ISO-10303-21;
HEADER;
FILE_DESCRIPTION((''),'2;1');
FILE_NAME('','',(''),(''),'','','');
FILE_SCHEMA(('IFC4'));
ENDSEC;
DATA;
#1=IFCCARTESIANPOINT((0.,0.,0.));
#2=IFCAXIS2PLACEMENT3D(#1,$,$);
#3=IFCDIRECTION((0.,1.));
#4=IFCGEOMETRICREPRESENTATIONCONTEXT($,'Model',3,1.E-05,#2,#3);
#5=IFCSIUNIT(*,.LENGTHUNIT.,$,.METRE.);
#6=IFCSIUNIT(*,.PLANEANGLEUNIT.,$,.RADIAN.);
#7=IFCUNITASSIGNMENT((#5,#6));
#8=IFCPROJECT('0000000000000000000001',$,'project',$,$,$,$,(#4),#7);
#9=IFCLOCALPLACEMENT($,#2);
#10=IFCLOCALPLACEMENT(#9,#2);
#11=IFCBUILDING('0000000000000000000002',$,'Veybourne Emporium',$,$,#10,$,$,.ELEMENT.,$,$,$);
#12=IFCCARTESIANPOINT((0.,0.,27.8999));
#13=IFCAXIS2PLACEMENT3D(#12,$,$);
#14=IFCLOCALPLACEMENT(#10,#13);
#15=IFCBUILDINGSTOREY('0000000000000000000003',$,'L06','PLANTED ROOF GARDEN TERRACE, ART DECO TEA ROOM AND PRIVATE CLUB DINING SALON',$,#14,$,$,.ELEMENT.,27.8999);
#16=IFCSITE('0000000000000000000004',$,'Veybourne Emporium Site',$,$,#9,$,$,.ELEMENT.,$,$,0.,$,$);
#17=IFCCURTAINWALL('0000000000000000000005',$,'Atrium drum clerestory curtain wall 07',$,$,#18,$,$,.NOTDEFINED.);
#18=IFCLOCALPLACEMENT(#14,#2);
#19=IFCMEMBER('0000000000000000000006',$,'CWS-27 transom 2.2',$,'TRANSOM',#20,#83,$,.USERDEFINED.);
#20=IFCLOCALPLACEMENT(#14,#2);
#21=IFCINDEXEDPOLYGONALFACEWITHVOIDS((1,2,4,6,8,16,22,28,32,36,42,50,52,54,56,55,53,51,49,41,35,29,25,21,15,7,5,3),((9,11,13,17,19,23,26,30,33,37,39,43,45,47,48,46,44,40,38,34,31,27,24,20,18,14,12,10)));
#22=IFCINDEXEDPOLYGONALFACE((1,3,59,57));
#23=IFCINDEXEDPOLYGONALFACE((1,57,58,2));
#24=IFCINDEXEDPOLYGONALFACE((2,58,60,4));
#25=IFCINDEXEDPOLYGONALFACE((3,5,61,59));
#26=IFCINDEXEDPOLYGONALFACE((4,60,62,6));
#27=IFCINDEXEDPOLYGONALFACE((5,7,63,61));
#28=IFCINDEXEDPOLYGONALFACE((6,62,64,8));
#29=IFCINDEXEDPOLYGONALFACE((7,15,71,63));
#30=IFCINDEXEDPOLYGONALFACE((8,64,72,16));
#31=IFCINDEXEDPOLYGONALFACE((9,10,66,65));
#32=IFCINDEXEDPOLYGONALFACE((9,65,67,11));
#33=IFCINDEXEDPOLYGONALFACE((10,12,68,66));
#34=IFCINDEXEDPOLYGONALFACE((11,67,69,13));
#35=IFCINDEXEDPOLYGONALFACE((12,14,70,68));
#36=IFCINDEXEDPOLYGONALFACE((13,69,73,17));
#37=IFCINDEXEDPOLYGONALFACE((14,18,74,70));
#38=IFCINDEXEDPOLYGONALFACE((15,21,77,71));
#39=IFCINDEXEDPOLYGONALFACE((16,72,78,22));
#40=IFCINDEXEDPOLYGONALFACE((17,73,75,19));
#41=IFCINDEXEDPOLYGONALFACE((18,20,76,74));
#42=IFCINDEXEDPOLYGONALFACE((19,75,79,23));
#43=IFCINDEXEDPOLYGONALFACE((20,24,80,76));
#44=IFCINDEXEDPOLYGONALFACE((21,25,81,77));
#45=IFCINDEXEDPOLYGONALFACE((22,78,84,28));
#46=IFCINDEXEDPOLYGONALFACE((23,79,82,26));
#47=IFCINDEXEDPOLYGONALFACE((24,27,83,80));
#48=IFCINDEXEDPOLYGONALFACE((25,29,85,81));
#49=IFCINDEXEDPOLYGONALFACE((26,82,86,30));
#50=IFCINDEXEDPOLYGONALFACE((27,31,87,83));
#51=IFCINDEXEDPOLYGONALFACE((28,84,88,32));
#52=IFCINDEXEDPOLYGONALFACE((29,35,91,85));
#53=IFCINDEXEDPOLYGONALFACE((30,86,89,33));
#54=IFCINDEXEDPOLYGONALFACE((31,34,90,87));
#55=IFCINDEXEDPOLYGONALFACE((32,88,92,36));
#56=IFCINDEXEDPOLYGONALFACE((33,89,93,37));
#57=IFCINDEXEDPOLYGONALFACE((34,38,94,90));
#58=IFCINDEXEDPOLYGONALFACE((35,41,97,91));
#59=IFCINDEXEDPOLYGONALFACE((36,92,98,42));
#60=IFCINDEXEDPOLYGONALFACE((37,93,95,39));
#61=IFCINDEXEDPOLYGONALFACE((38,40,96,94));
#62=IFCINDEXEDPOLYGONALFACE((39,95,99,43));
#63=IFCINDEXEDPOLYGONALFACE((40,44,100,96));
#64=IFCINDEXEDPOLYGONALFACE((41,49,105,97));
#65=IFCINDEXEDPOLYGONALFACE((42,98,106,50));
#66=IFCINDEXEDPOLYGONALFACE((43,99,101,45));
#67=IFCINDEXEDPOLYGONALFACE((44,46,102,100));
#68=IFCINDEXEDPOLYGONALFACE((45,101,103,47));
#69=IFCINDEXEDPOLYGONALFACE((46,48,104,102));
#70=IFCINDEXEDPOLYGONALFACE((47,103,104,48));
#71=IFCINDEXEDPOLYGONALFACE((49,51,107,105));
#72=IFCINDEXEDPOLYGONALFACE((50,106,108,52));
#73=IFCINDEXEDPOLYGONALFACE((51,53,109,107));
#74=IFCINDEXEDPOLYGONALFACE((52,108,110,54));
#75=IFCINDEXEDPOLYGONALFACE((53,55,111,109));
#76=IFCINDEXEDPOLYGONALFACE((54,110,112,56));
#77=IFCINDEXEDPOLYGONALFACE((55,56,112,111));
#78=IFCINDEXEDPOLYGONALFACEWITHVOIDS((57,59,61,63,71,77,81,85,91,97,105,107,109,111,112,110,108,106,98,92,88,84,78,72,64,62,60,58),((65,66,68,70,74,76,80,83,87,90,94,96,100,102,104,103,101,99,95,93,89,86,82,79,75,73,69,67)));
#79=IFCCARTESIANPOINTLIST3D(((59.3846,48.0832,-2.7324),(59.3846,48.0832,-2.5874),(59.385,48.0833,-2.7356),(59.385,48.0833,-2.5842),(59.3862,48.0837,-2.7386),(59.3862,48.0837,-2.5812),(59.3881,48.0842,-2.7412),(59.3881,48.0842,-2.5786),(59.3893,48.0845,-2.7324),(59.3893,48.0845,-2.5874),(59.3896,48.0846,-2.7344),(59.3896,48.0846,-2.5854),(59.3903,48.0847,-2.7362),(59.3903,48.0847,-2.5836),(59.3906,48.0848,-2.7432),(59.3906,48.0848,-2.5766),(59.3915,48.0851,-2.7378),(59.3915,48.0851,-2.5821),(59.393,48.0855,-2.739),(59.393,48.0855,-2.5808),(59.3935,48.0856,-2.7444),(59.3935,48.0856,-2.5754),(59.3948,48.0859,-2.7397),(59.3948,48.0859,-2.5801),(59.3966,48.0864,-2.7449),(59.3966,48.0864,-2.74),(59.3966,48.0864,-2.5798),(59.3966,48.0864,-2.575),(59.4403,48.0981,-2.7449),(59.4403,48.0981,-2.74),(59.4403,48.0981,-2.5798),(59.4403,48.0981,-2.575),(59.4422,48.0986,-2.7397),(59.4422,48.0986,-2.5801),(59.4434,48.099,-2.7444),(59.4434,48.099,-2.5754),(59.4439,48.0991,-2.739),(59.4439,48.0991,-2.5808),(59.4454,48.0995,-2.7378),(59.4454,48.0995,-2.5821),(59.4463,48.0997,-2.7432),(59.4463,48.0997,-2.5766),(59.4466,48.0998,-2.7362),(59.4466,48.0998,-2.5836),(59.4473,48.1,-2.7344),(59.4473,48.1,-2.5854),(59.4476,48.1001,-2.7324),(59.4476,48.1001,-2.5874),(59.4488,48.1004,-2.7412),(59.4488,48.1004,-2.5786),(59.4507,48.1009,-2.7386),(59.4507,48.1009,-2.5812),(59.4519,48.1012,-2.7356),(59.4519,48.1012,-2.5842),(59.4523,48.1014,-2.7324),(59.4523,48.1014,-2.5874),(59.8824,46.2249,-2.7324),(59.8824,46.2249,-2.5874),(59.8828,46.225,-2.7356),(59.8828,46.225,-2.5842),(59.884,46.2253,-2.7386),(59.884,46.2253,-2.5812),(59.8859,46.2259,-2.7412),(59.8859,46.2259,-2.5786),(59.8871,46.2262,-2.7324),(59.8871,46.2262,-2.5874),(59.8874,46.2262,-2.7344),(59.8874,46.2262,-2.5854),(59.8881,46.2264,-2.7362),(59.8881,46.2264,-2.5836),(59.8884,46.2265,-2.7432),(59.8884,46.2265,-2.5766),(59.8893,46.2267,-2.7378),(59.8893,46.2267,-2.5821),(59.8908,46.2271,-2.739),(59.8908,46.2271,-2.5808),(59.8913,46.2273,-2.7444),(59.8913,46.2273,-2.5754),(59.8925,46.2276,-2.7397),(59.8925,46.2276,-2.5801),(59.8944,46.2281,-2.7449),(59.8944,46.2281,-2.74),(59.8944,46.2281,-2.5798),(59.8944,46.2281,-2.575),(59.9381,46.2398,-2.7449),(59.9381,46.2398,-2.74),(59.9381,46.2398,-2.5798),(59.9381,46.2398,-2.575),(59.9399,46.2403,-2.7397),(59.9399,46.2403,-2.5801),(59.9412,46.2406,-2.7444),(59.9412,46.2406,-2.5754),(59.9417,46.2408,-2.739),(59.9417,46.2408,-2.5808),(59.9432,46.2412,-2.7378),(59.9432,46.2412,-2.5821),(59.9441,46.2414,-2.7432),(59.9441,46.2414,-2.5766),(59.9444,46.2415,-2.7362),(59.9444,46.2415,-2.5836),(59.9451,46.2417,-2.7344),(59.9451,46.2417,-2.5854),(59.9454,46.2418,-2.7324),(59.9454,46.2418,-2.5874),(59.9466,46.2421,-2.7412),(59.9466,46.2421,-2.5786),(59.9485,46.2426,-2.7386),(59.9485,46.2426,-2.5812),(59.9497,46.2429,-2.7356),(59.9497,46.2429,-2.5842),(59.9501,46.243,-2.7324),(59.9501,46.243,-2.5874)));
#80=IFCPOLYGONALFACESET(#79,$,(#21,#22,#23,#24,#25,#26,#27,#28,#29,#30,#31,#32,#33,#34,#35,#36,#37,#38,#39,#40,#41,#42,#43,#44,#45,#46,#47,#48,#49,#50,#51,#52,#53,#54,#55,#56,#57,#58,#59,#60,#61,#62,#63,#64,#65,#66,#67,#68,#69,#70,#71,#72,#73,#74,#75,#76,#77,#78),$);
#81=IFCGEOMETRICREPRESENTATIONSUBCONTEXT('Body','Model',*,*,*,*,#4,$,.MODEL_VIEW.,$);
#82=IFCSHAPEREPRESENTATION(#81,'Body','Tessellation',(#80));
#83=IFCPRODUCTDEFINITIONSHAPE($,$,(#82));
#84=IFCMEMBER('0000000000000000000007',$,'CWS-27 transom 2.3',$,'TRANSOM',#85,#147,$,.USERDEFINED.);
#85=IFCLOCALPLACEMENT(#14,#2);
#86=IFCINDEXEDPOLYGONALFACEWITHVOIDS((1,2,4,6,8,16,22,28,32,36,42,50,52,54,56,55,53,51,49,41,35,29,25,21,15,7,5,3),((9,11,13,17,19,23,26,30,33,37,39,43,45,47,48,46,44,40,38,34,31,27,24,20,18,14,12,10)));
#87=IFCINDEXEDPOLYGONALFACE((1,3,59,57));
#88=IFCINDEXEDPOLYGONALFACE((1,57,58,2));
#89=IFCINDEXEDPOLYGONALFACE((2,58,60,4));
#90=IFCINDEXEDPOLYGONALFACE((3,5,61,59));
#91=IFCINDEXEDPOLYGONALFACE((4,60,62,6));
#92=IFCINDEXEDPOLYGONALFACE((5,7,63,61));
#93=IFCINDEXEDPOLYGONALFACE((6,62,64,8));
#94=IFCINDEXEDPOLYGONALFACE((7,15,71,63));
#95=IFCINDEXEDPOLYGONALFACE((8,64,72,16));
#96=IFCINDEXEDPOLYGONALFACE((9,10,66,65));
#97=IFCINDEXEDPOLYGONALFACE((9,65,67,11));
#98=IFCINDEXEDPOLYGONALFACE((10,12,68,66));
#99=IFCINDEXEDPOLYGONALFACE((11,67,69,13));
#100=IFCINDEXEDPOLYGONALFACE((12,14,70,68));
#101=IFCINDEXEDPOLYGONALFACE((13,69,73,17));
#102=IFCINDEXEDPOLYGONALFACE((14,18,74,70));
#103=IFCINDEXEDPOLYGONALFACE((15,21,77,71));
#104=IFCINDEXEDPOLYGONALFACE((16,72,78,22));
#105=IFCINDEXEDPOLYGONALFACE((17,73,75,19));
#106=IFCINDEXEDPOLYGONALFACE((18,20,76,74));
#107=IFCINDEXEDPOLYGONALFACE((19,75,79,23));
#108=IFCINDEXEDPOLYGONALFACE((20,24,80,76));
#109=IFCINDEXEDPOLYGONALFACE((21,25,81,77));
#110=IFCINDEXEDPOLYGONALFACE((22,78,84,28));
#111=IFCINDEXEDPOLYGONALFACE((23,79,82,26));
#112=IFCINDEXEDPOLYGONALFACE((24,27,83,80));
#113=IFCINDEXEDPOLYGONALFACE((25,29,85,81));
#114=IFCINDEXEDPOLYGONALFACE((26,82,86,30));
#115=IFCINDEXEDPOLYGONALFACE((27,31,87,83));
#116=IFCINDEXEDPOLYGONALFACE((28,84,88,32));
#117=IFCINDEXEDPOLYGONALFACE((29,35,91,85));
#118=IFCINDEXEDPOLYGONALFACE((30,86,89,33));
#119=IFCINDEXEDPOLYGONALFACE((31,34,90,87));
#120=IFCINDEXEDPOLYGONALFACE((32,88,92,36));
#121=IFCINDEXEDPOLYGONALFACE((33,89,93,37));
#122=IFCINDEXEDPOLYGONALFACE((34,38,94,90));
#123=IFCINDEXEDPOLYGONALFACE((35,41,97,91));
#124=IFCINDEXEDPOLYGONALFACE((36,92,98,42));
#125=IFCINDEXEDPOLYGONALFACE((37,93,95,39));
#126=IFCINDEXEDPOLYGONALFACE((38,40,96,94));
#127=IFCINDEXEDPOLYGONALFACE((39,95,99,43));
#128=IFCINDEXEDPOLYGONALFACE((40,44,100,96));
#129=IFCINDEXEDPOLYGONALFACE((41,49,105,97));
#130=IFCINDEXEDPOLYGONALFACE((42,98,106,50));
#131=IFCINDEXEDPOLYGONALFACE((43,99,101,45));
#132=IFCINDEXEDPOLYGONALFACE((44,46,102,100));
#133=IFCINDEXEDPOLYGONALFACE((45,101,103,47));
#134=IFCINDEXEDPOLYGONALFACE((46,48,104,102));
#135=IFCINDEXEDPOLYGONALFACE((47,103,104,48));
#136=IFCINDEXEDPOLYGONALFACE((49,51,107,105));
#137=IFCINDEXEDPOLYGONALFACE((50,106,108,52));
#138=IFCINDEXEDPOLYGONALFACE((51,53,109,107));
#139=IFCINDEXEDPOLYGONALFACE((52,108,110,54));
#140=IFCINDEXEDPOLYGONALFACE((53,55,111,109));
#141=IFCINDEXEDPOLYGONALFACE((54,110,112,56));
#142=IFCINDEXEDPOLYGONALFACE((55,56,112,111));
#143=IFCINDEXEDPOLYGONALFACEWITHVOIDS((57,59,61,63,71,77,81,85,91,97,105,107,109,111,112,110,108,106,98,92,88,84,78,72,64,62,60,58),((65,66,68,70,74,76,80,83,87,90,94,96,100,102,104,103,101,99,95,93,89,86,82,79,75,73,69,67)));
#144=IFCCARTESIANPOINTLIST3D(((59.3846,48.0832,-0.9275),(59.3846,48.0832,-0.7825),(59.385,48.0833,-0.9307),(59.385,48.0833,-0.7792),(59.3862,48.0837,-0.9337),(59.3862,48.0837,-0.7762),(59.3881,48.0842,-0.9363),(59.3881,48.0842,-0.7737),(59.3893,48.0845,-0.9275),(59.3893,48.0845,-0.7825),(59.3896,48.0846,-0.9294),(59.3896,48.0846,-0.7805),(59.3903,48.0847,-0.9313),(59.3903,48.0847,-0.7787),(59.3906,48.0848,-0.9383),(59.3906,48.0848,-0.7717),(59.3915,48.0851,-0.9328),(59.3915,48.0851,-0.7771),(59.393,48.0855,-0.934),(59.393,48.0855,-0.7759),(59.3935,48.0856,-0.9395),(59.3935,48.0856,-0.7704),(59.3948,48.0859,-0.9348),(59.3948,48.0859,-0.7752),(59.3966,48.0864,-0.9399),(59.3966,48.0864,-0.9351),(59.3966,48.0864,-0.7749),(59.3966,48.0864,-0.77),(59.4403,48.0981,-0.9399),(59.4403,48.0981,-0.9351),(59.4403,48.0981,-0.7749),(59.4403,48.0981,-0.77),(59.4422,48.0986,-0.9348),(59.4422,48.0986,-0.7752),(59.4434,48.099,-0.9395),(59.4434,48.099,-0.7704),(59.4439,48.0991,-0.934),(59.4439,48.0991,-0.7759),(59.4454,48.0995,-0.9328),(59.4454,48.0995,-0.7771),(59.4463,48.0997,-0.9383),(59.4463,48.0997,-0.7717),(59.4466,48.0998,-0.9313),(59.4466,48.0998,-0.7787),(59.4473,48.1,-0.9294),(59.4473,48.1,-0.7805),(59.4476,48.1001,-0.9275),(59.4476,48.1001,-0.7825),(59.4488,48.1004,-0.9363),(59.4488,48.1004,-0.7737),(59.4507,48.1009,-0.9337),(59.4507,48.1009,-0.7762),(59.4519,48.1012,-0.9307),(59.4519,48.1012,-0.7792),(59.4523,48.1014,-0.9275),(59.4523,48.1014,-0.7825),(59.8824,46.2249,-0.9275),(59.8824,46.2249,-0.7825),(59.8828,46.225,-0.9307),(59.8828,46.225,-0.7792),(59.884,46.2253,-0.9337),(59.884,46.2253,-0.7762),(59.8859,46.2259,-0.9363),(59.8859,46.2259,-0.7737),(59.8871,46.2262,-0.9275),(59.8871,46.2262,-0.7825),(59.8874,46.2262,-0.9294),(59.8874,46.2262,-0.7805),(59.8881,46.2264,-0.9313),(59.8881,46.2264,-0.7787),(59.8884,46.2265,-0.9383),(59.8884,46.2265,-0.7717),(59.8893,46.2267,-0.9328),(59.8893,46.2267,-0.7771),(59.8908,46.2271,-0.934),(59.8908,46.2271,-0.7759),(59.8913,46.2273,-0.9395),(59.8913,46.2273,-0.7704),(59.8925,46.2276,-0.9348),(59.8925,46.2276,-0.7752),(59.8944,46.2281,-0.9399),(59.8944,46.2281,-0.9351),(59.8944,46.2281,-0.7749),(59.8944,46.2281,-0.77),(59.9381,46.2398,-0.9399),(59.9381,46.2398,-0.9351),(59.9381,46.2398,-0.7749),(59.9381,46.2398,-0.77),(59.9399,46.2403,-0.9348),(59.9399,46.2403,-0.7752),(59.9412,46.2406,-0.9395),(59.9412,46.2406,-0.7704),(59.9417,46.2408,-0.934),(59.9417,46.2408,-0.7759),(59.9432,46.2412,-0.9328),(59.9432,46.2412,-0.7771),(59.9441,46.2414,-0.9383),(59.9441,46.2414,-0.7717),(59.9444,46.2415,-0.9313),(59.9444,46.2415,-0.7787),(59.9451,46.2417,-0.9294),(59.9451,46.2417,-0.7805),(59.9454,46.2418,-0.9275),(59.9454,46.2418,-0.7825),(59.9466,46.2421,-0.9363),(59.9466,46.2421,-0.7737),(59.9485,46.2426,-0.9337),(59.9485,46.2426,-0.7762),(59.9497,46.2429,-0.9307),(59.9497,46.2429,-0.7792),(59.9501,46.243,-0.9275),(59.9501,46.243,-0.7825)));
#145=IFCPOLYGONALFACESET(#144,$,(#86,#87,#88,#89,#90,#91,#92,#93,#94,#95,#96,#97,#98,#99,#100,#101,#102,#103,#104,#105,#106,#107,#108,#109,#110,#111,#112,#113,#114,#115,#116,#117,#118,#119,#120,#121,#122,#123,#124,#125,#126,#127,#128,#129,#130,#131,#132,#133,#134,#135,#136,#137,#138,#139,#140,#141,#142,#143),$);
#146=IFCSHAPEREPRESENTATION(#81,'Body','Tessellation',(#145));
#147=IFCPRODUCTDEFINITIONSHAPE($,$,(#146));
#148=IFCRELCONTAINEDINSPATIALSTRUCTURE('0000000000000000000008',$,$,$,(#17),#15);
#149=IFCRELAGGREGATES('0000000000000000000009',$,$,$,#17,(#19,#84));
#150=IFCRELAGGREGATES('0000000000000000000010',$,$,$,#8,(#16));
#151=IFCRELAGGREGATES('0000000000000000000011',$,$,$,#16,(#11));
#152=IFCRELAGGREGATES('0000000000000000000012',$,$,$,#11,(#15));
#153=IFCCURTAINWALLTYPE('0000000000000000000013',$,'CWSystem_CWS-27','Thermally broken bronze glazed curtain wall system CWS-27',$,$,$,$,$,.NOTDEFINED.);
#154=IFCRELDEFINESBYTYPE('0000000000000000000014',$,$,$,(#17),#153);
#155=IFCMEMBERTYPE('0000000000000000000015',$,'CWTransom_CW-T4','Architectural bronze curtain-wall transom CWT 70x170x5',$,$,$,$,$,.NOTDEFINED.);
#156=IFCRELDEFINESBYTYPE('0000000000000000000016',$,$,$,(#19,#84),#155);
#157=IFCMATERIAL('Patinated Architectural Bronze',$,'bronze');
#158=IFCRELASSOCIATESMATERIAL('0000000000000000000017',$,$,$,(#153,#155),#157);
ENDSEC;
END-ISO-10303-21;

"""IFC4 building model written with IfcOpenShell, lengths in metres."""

from ifc_helpers import new_model, si_unit, direction, frame, origin, origin_2d, place, context, subcontext, project, spatial, hollow_rectangle, extrude, material, material_profile, profile_set, type_object, element, aggregate, save


model = new_model("IFC4")

# Units and contexts
model_context = context("Model", 3, precision=1e-05, world=origin(), true_north=direction((0.0, 1.0)))
body_context = subcontext(model_context, "Body", "Model", "MODEL_VIEW")
ifc_project = project(units=[si_unit("LENGTHUNIT", "METRE"), si_unit("PLANEANGLEUNIT", "RADIAN")], contexts=[model_context])

# Site, building, storey
site_placement = place(None, origin())
site = spatial("IfcSite", under=ifc_project, at=site_placement, Name="Veybourne Emporium Site", CompositionType="ELEMENT", RefElevation=0.0)
building_placement = place(site_placement, origin())
building = spatial("IfcBuilding", under=site, at=building_placement, Name="Veybourne Emporium", CompositionType="ELEMENT")
storey_placement = place(building_placement, frame((0.0, 0.0, 27.8999)))
storey = spatial("IfcBuildingStorey", under=building, at=storey_placement, Name="L06", Description="PLANTED ROOF GARDEN TERRACE, ART DECO TEA ROOM AND PRIVATE CLUB DINING SALON", CompositionType="ELEMENT", Elevation=27.8999)

# Curtain wall
ifc_material_1 = material(Name="Patinated Architectural Bronze", Category="bronze")
curtain_wall_type_1 = type_object("IfcCurtainWallType", Name="CWSystem_CWS-27", Description="Thermally broken bronze glazed curtain wall system CWS-27", PredefinedType="NOTDEFINED", material=ifc_material_1)
curtain_wall_1_placement = place(storey_placement, origin())
curtain_wall_1 = element("IfcCurtainWall", 1, at=curtain_wall_1_placement, inside=storey, type_object=curtain_wall_type_1, Name="Atrium drum clerestory curtain wall 07", PredefinedType="NOTDEFINED")

# Members
ifc_material_profile_1 = material_profile(ifc_material_1, hollow_rectangle(XDim=0.0701, YDim=0.1699, WallThickness=0.0049, InnerFilletRadius=0.0076, OuterFilletRadius=0.0125, at=origin_2d()), Name="CWT 70x170x5")
ifc_profile_set_1 = profile_set([ifc_material_profile_1], Name="Patinated Architectural Bronze")
member_type_1 = type_object("IfcMemberType", Name="CWTransom_CW-T4", Description="Architectural bronze curtain-wall transom CWT 70x170x5", PredefinedType="NOTDEFINED", material=ifc_profile_set_1)
member_1_placement = place(storey_placement, frame((59.4185, 48.0923, -2.6599), z_axis=(0.258745, -0.965946, 0.0), x_axis=(0.965946, 0.258745, 0.0)))
member_1 = element("IfcMember", 2, at=member_1_placement, type_object=member_type_1, Name="CWS-27 transom 2.2", ObjectType="TRANSOM", PredefinedType="USERDEFINED", context=body_context, shape_type="SweptSolid", body=[
    extrude(hollow_rectangle(XDim=0.0701, YDim=0.1699, WallThickness=0.0049, InnerFilletRadius=0.0076, OuterFilletRadius=0.0125, at=origin_2d()), origin(), (0.0, 0.0, 1.0), 1.9238),
])
member_2_placement = place(storey_placement, frame((59.4185, 48.0923, -0.855), z_axis=(0.258745, -0.965946, 0.0), x_axis=(0.965946, 0.258745, 0.0)))
member_2 = element("IfcMember", 3, at=member_2_placement, type_object=member_type_1, Name="CWS-27 transom 2.3", ObjectType="TRANSOM", PredefinedType="USERDEFINED", context=body_context, shape_type="SweptSolid", body=[
    extrude(hollow_rectangle(XDim=0.0701, YDim=0.1699, WallThickness=0.0049, InnerFilletRadius=0.0076, OuterFilletRadius=0.0125, at=origin_2d()), origin(), (0.0, 0.0, 1.0), 1.9238),
])

aggregate(curtain_wall_1, [member_1, member_2])

save(model, "model.ifc")
